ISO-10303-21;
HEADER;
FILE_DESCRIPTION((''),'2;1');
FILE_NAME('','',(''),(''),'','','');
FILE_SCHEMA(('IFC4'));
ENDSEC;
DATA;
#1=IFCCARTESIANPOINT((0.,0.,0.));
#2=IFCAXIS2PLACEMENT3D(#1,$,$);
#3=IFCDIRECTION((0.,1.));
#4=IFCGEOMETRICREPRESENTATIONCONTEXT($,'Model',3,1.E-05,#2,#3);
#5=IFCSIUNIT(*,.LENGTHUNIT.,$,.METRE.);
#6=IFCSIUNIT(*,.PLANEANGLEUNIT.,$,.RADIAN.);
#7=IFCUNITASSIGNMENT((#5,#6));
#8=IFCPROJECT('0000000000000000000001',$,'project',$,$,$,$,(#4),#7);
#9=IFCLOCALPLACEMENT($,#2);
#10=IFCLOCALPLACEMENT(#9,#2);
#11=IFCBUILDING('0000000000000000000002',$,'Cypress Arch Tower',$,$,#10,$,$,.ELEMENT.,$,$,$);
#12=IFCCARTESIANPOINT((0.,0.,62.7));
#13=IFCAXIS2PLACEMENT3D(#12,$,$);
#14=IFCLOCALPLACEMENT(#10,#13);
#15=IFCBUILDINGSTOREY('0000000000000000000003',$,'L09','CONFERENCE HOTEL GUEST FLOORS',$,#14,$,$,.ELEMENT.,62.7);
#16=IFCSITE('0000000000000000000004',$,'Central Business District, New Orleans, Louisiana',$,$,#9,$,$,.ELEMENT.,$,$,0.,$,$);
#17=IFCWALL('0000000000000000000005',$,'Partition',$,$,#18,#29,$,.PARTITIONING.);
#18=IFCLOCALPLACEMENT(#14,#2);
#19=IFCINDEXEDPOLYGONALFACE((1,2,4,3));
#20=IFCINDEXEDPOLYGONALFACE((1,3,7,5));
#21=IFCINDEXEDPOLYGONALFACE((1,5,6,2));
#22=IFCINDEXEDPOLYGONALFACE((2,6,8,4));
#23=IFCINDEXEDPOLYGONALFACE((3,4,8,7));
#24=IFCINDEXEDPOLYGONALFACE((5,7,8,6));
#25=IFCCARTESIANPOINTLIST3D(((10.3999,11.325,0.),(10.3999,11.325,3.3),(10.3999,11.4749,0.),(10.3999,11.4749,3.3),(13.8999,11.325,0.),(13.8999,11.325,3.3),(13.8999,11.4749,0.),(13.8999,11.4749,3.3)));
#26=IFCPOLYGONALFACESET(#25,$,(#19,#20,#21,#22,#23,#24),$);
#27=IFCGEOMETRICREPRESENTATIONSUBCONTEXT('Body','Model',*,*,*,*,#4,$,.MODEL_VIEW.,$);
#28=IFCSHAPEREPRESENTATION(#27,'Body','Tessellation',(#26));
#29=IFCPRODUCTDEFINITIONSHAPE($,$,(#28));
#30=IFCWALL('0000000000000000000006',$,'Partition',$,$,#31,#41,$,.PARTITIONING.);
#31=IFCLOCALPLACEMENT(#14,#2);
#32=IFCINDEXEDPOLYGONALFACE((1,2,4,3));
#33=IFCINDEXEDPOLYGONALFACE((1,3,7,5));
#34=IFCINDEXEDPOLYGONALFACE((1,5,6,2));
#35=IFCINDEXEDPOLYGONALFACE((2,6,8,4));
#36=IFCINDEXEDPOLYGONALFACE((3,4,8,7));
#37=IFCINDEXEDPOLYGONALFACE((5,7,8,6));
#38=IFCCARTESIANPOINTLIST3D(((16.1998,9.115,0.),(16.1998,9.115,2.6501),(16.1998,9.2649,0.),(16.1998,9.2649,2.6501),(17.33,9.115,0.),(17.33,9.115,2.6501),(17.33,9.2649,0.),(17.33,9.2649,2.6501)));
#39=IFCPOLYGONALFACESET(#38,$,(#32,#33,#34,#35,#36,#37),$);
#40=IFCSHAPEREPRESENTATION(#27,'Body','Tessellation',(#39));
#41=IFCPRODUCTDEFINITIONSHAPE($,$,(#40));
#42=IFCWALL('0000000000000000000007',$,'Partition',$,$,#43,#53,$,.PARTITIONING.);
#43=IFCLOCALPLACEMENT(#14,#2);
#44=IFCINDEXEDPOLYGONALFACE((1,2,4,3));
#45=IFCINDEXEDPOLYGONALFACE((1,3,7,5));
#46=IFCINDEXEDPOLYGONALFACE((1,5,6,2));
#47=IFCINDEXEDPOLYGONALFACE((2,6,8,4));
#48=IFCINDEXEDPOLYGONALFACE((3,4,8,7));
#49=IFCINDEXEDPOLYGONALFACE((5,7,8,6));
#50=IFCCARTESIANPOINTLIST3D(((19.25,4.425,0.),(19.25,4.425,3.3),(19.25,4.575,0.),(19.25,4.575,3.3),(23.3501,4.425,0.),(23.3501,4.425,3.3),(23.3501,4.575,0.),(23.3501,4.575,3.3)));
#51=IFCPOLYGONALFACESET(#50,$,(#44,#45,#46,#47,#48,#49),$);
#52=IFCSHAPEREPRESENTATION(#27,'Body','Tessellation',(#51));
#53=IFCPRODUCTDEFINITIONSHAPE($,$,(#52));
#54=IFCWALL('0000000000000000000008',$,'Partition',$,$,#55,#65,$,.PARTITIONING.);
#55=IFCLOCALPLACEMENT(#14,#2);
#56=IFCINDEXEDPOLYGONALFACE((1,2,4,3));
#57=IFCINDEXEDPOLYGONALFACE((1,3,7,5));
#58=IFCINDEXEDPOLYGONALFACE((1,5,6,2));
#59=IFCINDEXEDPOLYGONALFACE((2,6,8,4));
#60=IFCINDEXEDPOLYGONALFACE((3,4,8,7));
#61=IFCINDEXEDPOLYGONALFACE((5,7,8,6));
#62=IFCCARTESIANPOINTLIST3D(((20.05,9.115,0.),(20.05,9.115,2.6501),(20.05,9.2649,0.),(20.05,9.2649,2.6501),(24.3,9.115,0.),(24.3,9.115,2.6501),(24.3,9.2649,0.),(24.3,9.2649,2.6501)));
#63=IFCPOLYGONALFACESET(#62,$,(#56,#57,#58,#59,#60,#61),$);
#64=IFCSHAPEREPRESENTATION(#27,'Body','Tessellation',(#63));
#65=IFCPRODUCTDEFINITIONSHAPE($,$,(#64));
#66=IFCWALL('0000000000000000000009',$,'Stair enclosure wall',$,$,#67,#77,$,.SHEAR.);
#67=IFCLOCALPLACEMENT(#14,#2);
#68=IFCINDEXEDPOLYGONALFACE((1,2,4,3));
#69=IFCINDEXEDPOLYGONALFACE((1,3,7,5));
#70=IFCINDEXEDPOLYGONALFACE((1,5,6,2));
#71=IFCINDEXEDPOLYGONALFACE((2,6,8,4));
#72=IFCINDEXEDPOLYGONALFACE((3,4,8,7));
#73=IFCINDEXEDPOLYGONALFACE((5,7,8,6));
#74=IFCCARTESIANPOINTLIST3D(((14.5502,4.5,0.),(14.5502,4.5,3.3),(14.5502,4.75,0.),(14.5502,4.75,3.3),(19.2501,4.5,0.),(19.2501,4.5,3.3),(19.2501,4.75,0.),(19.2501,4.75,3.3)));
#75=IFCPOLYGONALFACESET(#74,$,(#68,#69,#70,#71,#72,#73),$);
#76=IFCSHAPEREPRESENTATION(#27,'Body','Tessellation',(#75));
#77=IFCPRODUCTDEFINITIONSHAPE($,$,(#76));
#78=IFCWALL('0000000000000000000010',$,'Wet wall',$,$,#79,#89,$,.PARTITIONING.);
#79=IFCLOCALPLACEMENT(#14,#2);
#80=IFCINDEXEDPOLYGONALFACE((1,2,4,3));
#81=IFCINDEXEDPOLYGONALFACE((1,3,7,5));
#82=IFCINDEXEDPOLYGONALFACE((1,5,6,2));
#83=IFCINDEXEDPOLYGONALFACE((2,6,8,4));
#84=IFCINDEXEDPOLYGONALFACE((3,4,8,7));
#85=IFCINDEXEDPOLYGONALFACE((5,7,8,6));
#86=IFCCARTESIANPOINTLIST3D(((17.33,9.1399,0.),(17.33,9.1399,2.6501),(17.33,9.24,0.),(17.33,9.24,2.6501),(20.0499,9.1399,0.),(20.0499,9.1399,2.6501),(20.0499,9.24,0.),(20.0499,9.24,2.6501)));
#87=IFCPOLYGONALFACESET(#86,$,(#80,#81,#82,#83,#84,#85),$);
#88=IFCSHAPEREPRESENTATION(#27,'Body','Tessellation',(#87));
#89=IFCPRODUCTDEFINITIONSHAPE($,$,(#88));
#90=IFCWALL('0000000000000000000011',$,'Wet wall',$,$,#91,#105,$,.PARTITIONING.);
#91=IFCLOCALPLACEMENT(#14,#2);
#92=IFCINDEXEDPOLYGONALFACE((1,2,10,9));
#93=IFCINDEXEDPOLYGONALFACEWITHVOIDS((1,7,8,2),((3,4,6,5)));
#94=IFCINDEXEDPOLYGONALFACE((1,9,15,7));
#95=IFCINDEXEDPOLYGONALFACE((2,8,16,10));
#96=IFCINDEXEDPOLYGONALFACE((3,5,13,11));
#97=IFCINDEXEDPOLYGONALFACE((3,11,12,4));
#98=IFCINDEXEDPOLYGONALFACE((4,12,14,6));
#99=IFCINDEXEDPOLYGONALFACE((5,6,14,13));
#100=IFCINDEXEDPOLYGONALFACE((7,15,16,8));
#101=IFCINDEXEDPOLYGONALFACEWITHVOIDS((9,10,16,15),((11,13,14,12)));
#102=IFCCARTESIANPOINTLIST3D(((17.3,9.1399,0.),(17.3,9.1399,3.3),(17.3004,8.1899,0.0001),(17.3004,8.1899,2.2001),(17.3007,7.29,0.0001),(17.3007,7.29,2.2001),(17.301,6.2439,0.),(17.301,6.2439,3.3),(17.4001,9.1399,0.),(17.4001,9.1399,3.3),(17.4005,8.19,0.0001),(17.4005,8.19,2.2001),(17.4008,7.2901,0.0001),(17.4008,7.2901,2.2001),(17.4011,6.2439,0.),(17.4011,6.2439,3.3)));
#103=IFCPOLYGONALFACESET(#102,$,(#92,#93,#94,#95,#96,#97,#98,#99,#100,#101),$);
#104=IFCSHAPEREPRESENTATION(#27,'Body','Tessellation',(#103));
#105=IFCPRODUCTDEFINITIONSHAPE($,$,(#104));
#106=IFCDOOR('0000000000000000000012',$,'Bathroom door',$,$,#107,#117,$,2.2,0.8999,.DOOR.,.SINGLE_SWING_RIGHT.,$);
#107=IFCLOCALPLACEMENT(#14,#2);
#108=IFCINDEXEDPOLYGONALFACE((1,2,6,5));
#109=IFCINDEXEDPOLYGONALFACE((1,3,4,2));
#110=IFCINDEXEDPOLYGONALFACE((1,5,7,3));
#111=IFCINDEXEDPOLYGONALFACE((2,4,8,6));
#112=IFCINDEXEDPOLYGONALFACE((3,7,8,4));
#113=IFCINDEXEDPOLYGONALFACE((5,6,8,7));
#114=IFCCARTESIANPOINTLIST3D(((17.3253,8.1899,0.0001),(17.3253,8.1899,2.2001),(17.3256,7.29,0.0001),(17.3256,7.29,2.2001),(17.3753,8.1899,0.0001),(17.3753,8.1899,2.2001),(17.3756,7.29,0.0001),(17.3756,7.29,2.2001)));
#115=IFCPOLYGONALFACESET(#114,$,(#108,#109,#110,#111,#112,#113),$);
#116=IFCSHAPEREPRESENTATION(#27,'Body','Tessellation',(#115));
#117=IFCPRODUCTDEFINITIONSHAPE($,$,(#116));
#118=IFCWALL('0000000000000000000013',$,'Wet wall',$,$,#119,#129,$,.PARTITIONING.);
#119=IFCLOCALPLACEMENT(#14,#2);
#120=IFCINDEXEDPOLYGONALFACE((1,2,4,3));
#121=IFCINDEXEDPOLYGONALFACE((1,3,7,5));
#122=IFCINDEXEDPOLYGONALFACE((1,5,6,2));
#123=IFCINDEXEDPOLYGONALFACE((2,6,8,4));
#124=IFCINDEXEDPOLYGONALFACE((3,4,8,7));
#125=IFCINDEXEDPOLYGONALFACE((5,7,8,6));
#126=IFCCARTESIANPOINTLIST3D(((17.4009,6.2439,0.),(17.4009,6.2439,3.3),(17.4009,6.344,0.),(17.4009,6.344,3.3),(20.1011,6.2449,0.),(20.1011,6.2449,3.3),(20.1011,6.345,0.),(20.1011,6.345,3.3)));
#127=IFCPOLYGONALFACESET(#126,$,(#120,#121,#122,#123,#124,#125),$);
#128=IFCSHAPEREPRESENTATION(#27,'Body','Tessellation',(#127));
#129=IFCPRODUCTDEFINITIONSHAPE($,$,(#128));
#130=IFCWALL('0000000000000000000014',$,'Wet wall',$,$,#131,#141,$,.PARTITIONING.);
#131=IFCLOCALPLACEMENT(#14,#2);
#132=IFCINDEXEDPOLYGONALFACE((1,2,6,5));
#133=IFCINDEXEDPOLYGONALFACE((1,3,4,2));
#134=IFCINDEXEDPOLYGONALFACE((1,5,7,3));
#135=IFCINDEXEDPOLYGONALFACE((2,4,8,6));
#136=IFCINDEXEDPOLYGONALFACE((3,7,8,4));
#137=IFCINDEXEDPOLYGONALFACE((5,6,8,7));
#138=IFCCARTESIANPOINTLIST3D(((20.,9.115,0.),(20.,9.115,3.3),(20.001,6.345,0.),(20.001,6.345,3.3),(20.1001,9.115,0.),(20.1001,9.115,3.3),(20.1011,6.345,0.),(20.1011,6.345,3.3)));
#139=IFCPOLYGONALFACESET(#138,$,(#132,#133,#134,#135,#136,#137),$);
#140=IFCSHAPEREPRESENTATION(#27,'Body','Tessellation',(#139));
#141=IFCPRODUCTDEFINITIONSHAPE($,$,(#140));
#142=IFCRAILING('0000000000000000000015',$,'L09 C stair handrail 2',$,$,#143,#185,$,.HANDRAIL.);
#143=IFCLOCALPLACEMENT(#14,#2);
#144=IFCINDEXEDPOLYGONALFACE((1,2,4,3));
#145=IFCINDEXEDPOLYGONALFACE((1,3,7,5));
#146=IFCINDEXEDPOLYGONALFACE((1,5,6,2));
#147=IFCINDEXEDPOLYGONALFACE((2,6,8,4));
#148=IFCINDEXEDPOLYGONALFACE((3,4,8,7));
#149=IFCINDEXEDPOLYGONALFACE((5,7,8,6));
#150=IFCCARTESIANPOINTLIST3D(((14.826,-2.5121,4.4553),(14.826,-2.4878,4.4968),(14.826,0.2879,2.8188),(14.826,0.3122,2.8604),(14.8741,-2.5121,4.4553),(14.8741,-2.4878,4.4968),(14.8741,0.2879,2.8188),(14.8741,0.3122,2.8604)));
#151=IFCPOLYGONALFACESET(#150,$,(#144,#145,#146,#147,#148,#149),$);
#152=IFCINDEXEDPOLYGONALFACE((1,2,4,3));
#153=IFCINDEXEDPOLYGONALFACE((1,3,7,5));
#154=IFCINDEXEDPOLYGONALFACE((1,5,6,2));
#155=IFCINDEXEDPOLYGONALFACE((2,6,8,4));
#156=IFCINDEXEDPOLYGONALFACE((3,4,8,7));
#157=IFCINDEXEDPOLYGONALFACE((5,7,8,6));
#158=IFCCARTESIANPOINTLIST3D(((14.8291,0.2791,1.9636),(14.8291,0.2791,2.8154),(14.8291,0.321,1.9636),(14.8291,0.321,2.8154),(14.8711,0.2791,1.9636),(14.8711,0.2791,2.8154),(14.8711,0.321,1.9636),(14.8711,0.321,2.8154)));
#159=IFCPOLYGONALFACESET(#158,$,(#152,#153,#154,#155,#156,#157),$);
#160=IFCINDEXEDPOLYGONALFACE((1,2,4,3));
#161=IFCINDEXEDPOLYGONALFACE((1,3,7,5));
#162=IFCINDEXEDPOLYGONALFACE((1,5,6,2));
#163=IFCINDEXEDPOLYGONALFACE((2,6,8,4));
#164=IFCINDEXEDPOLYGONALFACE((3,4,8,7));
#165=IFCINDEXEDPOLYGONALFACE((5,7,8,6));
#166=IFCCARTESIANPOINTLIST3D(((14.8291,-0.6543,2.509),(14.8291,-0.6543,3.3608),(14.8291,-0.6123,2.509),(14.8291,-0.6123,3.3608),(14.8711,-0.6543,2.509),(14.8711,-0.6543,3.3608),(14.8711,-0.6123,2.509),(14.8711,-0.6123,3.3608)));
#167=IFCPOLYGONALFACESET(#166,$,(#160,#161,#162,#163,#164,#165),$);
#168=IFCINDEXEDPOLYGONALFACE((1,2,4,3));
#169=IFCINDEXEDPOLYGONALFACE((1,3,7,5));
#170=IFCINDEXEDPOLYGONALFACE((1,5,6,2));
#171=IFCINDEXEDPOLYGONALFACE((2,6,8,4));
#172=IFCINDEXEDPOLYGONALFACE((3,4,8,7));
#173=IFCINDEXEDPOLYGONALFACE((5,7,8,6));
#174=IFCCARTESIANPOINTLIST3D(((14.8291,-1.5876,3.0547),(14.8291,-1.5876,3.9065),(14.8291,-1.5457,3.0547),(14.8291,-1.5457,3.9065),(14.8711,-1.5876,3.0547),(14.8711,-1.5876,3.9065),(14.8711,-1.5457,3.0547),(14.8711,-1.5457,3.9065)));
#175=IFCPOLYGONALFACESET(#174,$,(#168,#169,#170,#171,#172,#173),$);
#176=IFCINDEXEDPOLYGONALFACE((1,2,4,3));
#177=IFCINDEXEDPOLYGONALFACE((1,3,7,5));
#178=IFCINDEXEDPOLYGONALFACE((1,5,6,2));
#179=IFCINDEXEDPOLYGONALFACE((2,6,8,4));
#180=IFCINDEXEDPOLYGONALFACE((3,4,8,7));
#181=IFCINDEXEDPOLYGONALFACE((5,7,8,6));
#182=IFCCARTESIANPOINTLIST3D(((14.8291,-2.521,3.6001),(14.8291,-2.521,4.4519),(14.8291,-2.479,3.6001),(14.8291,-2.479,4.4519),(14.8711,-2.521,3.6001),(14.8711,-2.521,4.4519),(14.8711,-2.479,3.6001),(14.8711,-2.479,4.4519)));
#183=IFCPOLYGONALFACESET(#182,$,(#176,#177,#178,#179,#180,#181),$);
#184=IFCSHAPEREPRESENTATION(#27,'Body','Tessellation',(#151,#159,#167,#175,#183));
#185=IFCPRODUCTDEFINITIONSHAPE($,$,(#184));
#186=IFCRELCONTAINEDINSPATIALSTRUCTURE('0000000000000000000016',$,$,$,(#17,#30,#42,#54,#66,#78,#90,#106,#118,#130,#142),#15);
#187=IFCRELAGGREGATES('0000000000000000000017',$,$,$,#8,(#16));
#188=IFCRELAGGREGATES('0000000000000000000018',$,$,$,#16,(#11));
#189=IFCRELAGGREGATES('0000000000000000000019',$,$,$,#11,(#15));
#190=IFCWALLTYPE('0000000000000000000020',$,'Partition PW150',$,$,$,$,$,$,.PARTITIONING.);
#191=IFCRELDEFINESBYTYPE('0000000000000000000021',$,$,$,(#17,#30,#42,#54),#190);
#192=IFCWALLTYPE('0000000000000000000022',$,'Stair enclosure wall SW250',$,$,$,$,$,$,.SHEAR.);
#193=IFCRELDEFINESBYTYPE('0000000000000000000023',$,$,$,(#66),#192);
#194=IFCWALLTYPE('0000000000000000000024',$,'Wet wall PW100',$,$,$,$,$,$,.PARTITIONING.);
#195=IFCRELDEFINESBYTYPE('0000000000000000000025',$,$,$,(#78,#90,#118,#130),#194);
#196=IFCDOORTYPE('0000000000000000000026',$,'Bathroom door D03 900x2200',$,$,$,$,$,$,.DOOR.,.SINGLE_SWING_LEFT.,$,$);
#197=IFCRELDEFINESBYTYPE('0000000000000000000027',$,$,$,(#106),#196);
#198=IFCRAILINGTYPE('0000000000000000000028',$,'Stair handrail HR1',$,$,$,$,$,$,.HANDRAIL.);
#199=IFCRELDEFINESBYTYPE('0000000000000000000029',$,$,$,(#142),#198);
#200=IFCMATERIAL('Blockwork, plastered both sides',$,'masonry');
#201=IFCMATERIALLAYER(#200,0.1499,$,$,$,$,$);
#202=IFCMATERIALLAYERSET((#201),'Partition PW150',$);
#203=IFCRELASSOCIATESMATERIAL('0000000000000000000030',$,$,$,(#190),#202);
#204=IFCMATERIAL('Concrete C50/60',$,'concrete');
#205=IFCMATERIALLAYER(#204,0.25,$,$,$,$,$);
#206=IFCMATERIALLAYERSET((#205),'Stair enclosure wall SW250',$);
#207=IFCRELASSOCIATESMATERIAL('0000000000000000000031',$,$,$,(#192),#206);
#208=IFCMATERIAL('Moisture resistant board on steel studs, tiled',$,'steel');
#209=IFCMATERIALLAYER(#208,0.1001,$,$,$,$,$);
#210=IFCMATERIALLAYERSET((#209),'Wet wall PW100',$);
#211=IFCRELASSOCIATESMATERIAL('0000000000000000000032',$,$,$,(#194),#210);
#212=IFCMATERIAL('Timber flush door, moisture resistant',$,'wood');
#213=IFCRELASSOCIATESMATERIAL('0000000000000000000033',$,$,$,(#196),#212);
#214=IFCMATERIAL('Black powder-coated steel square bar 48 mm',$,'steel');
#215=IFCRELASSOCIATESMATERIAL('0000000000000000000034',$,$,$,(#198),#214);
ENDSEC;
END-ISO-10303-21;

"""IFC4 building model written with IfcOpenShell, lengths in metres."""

from ifc_helpers import new_model, si_unit, direction, frame, frame_2d, origin, origin_2d, place, context, subcontext, project, spatial, rectangle, extrude, material, layer, layer_set, type_object, element, fill, save


model = new_model("IFC4")

# Units and contexts
model_context = context("Model", 3, precision=1e-05, world=origin(), true_north=direction((0.0, 1.0)))
body_context = subcontext(model_context, "Body", "Model", "MODEL_VIEW")
ifc_project = project(units=[si_unit("LENGTHUNIT", "METRE"), si_unit("PLANEANGLEUNIT", "RADIAN")], contexts=[model_context])

# Site, building, storey
site_placement = place(None, origin())
site = spatial("IfcSite", under=ifc_project, at=site_placement, Name="Central Business District, New Orleans, Louisiana", CompositionType="ELEMENT", RefElevation=0.0)
building_placement = place(site_placement, origin())
building = spatial("IfcBuilding", under=site, at=building_placement, Name="Cypress Arch Tower", CompositionType="ELEMENT")
storey_placement = place(building_placement, frame((0.0, 0.0, 62.7)))
storey = spatial("IfcBuildingStorey", under=building, at=storey_placement, Name="L09", Description="CONFERENCE HOTEL GUEST FLOORS", CompositionType="ELEMENT", Elevation=62.7)

# Walls
ifc_material_1 = material(Name="Blockwork, plastered both sides", Category="masonry")
ifc_layer_1 = layer(ifc_material_1, 0.1499)
ifc_layer_set_1 = layer_set([ifc_layer_1], Name="Partition PW150")
wall_type_1 = type_object("IfcWallType", Name="Partition PW150", PredefinedType="PARTITIONING", material=ifc_layer_set_1)
wall_1_placement = place(storey_placement, frame((10.3999, 11.3999, 0.0), z_axis=(0.0, 0.0, 1.0), x_axis=(1.0, 0.0, 0.0)))
element("IfcWall", 1, at=wall_1_placement, inside=storey, type_object=wall_type_1, Name="Partition", PredefinedType="PARTITIONING", context=body_context, shape_type="SweptSolid", body=[
    extrude(rectangle(XDim=3.5, YDim=0.1499, at=frame_2d((1.75, 0.0))), origin(), (0.0, 0.0, 1.0), 3.3),
])
wall_2_placement = place(storey_placement, frame((16.2, 9.1899, 0.0), z_axis=(0.0, 0.0, 1.0), x_axis=(1.0, 0.0, 0.0)))
element("IfcWall", 2, at=wall_2_placement, inside=storey, type_object=wall_type_1, Name="Partition", PredefinedType="PARTITIONING", context=body_context, shape_type="SweptSolid", body=[
    extrude(rectangle(XDim=1.1301, YDim=0.1499, at=frame_2d((0.5649, 0.0))), origin(), (0.0, 0.0, 1.0), 2.6501),
])
wall_3_placement = place(storey_placement, frame((19.25, 4.5, 0.0), z_axis=(0.0, 0.0, 1.0), x_axis=(1.0, 0.0, 0.0)))
element("IfcWall", 3, at=wall_3_placement, inside=storey, type_object=wall_type_1, Name="Partition", PredefinedType="PARTITIONING", context=body_context, shape_type="SweptSolid", body=[
    extrude(rectangle(XDim=4.1001, YDim=0.1499, at=frame_2d((2.05, 0.0))), origin(), (0.0, 0.0, 1.0), 3.3),
])
wall_4_placement = place(storey_placement, frame((20.05, 9.1899, 0.0), z_axis=(0.0, 0.0, 1.0), x_axis=(1.0, 0.0, 0.0)))
element("IfcWall", 4, at=wall_4_placement, inside=storey, type_object=wall_type_1, Name="Partition", PredefinedType="PARTITIONING", context=body_context, shape_type="SweptSolid", body=[
    extrude(rectangle(XDim=4.25, YDim=0.1499, at=frame_2d((2.125, 0.0))), origin(), (0.0, 0.0, 1.0), 2.6501),
])
ifc_material_2 = material(Name="Concrete C50/60", Category="concrete")
ifc_layer_2 = layer(ifc_material_2, 0.25)
ifc_layer_set_2 = layer_set([ifc_layer_2], Name="Stair enclosure wall SW250")
wall_type_2 = type_object("IfcWallType", Name="Stair enclosure wall SW250", PredefinedType="SHEAR", material=ifc_layer_set_2)
wall_5_placement = place(storey_placement, frame((14.55, 4.625, 0.0), z_axis=(0.0, 0.0, 1.0), x_axis=(1.0, 0.0, 0.0)))
element("IfcWall", 5, at=wall_5_placement, inside=storey, type_object=wall_type_2, Name="Stair enclosure wall", PredefinedType="SHEAR", context=body_context, shape_type="SweptSolid", body=[
    extrude(rectangle(XDim=4.7, YDim=0.25, at=frame_2d((2.3501, 0.0))), origin(), (0.0, 0.0, 1.0), 3.3),
])
ifc_material_3 = material(Name="Moisture resistant board on steel studs, tiled", Category="steel")
ifc_layer_3 = layer(ifc_material_3, 0.1001)
ifc_layer_set_3 = layer_set([ifc_layer_3], Name="Wet wall PW100")
wall_type_3 = type_object("IfcWallType", Name="Wet wall PW100", PredefinedType="PARTITIONING", material=ifc_layer_set_3)
wall_6_placement = place(storey_placement, frame((17.3301, 9.1899, 0.0), z_axis=(0.0, 0.0, 1.0), x_axis=(1.0, 0.0, 0.0)))
element("IfcWall", 6, at=wall_6_placement, inside=storey, type_object=wall_type_3, Name="Wet wall", PredefinedType="PARTITIONING", context=body_context, shape_type="SweptSolid", body=[
    extrude(rectangle(XDim=2.72, YDim=0.1001, at=frame_2d((1.3599, 0.0))), origin(), (0.0, 0.0, 1.0), 2.6501),
])

# Wall, opening, door
wall_7_placement = place(storey_placement, frame((17.3501, 9.1399, 0.0), z_axis=(0.0, 0.0, 1.0), x_axis=(0.000337, -1.0, 0.0)))
wall_7 = element("IfcWall", 7, at=wall_7_placement, inside=storey, type_object=wall_type_3, Name="Wet wall", PredefinedType="PARTITIONING", context=body_context, shape_type="SweptSolid", body=[
    extrude(rectangle(XDim=2.896, YDim=0.1001, at=frame_2d((1.448, 0.0))), origin(), (0.0, 0.0, 1.0), 3.3),
])
opening_1_placement = place(wall_7_placement, frame((0.95, 0.0, 0.0)))
opening_1 = element("IfcOpeningElement", 8, at=opening_1_placement, cuts=wall_7, PredefinedType="OPENING", context=body_context, shape_type="SweptSolid", body=[
    extrude(rectangle(XDim=0.8999, YDim=2.2, at=frame_2d((0.45, 1.1001))), frame((0.0, 0.0601, 0.0), z_axis=(0.0, -1.0, 0.0), x_axis=(1.0, 0.0, 0.0)), (0.0, 0.0, 1.0), 0.1201),
])
ifc_material_4 = material(Name="Timber flush door, moisture resistant", Category="wood")
door_type_1 = type_object("IfcDoorType", Name="Bathroom door D03 900x2200", OperationType="SINGLE_SWING_LEFT", PredefinedType="DOOR", material=ifc_material_4)
door_1_placement = place(opening_1_placement, origin())
door_1 = element("IfcDoor", 9, at=door_1_placement, inside=storey, type_object=door_type_1, Name="Bathroom door", OperationType="SINGLE_SWING_RIGHT", OverallHeight=2.2, OverallWidth=0.8999, PredefinedType="DOOR", context=body_context, shape_type="SweptSolid", body=[
    extrude(rectangle(XDim=0.8999, YDim=2.2, at=frame_2d((0.45, 1.1001))), frame((0.0, 0.0249, 0.0), z_axis=(0.0, -1.0, 0.0), x_axis=(1.0, 0.0, 0.0)), (0.0, 0.0, 1.0), 0.05),
])
fill(opening_1, door_1)

# Walls
wall_8_placement = place(storey_placement, frame((17.4009, 6.2939, 0.0), z_axis=(0.0, 0.0, 1.0), x_axis=(1.0, 0.000362, 0.0)))
element("IfcWall", 10, at=wall_8_placement, inside=storey, type_object=wall_type_3, Name="Wet wall", PredefinedType="PARTITIONING", context=body_context, shape_type="SweptSolid", body=[
    extrude(rectangle(XDim=2.7002, YDim=0.1001, at=frame_2d((1.3501, 0.0))), origin(), (0.0, 0.0, 1.0), 3.3),
])
wall_9_placement = place(storey_placement, frame((20.05, 9.115, 0.0), z_axis=(0.0, 0.0, 1.0), x_axis=(0.000353, -1.0, 0.0)))
element("IfcWall", 11, at=wall_9_placement, inside=storey, type_object=wall_type_3, Name="Wet wall", PredefinedType="PARTITIONING", context=body_context, shape_type="SweptSolid", body=[
    extrude(rectangle(XDim=2.77, YDim=0.1001, at=frame_2d((1.385, 0.0))), origin(), (0.0, 0.0, 1.0), 3.3),
])

# Railing
ifc_material_5 = material(Name="Black powder-coated steel square bar 48 mm", Category="steel")
railing_type_1 = type_object("IfcRailingType", Name="Stair handrail HR1", PredefinedType="HANDRAIL", material=ifc_material_5)
railing_1_placement = place(storey_placement, frame((14.8501, 0.3, 1.9636)))
element("IfcRailing", 12, at=railing_1_placement, inside=storey, type_object=railing_type_1, Name="L09 C stair handrail 2", PredefinedType="HANDRAIL", context=body_context, shape_type="SweptSolid", body=[
    extrude(rectangle(XDim=0.0481, YDim=0.0481, at=origin_2d()), frame((0.0, 0.0, 0.876), z_axis=(0.0, -0.863361, 0.504587), x_axis=(1.0, 0.0, 0.0)), (0.0, 0.0, 1.0), 3.2432),
    extrude(rectangle(XDim=0.042, YDim=0.042, at=origin_2d()), origin(), (0.0, 0.0, 1.0), 0.8518),
    extrude(rectangle(XDim=0.042, YDim=0.042, at=origin_2d()), frame((0.0, -0.9333, 0.5454)), (0.0, 0.0, 1.0), 0.8518),
    extrude(rectangle(XDim=0.042, YDim=0.042, at=origin_2d()), frame((0.0, -1.8667, 1.0911)), (0.0, 0.0, 1.0), 0.8518),
    extrude(rectangle(XDim=0.042, YDim=0.042, at=origin_2d()), frame((0.0, -2.8, 1.6365)), (0.0, 0.0, 1.0), 0.8518),
])

save(model, "model.ifc")
